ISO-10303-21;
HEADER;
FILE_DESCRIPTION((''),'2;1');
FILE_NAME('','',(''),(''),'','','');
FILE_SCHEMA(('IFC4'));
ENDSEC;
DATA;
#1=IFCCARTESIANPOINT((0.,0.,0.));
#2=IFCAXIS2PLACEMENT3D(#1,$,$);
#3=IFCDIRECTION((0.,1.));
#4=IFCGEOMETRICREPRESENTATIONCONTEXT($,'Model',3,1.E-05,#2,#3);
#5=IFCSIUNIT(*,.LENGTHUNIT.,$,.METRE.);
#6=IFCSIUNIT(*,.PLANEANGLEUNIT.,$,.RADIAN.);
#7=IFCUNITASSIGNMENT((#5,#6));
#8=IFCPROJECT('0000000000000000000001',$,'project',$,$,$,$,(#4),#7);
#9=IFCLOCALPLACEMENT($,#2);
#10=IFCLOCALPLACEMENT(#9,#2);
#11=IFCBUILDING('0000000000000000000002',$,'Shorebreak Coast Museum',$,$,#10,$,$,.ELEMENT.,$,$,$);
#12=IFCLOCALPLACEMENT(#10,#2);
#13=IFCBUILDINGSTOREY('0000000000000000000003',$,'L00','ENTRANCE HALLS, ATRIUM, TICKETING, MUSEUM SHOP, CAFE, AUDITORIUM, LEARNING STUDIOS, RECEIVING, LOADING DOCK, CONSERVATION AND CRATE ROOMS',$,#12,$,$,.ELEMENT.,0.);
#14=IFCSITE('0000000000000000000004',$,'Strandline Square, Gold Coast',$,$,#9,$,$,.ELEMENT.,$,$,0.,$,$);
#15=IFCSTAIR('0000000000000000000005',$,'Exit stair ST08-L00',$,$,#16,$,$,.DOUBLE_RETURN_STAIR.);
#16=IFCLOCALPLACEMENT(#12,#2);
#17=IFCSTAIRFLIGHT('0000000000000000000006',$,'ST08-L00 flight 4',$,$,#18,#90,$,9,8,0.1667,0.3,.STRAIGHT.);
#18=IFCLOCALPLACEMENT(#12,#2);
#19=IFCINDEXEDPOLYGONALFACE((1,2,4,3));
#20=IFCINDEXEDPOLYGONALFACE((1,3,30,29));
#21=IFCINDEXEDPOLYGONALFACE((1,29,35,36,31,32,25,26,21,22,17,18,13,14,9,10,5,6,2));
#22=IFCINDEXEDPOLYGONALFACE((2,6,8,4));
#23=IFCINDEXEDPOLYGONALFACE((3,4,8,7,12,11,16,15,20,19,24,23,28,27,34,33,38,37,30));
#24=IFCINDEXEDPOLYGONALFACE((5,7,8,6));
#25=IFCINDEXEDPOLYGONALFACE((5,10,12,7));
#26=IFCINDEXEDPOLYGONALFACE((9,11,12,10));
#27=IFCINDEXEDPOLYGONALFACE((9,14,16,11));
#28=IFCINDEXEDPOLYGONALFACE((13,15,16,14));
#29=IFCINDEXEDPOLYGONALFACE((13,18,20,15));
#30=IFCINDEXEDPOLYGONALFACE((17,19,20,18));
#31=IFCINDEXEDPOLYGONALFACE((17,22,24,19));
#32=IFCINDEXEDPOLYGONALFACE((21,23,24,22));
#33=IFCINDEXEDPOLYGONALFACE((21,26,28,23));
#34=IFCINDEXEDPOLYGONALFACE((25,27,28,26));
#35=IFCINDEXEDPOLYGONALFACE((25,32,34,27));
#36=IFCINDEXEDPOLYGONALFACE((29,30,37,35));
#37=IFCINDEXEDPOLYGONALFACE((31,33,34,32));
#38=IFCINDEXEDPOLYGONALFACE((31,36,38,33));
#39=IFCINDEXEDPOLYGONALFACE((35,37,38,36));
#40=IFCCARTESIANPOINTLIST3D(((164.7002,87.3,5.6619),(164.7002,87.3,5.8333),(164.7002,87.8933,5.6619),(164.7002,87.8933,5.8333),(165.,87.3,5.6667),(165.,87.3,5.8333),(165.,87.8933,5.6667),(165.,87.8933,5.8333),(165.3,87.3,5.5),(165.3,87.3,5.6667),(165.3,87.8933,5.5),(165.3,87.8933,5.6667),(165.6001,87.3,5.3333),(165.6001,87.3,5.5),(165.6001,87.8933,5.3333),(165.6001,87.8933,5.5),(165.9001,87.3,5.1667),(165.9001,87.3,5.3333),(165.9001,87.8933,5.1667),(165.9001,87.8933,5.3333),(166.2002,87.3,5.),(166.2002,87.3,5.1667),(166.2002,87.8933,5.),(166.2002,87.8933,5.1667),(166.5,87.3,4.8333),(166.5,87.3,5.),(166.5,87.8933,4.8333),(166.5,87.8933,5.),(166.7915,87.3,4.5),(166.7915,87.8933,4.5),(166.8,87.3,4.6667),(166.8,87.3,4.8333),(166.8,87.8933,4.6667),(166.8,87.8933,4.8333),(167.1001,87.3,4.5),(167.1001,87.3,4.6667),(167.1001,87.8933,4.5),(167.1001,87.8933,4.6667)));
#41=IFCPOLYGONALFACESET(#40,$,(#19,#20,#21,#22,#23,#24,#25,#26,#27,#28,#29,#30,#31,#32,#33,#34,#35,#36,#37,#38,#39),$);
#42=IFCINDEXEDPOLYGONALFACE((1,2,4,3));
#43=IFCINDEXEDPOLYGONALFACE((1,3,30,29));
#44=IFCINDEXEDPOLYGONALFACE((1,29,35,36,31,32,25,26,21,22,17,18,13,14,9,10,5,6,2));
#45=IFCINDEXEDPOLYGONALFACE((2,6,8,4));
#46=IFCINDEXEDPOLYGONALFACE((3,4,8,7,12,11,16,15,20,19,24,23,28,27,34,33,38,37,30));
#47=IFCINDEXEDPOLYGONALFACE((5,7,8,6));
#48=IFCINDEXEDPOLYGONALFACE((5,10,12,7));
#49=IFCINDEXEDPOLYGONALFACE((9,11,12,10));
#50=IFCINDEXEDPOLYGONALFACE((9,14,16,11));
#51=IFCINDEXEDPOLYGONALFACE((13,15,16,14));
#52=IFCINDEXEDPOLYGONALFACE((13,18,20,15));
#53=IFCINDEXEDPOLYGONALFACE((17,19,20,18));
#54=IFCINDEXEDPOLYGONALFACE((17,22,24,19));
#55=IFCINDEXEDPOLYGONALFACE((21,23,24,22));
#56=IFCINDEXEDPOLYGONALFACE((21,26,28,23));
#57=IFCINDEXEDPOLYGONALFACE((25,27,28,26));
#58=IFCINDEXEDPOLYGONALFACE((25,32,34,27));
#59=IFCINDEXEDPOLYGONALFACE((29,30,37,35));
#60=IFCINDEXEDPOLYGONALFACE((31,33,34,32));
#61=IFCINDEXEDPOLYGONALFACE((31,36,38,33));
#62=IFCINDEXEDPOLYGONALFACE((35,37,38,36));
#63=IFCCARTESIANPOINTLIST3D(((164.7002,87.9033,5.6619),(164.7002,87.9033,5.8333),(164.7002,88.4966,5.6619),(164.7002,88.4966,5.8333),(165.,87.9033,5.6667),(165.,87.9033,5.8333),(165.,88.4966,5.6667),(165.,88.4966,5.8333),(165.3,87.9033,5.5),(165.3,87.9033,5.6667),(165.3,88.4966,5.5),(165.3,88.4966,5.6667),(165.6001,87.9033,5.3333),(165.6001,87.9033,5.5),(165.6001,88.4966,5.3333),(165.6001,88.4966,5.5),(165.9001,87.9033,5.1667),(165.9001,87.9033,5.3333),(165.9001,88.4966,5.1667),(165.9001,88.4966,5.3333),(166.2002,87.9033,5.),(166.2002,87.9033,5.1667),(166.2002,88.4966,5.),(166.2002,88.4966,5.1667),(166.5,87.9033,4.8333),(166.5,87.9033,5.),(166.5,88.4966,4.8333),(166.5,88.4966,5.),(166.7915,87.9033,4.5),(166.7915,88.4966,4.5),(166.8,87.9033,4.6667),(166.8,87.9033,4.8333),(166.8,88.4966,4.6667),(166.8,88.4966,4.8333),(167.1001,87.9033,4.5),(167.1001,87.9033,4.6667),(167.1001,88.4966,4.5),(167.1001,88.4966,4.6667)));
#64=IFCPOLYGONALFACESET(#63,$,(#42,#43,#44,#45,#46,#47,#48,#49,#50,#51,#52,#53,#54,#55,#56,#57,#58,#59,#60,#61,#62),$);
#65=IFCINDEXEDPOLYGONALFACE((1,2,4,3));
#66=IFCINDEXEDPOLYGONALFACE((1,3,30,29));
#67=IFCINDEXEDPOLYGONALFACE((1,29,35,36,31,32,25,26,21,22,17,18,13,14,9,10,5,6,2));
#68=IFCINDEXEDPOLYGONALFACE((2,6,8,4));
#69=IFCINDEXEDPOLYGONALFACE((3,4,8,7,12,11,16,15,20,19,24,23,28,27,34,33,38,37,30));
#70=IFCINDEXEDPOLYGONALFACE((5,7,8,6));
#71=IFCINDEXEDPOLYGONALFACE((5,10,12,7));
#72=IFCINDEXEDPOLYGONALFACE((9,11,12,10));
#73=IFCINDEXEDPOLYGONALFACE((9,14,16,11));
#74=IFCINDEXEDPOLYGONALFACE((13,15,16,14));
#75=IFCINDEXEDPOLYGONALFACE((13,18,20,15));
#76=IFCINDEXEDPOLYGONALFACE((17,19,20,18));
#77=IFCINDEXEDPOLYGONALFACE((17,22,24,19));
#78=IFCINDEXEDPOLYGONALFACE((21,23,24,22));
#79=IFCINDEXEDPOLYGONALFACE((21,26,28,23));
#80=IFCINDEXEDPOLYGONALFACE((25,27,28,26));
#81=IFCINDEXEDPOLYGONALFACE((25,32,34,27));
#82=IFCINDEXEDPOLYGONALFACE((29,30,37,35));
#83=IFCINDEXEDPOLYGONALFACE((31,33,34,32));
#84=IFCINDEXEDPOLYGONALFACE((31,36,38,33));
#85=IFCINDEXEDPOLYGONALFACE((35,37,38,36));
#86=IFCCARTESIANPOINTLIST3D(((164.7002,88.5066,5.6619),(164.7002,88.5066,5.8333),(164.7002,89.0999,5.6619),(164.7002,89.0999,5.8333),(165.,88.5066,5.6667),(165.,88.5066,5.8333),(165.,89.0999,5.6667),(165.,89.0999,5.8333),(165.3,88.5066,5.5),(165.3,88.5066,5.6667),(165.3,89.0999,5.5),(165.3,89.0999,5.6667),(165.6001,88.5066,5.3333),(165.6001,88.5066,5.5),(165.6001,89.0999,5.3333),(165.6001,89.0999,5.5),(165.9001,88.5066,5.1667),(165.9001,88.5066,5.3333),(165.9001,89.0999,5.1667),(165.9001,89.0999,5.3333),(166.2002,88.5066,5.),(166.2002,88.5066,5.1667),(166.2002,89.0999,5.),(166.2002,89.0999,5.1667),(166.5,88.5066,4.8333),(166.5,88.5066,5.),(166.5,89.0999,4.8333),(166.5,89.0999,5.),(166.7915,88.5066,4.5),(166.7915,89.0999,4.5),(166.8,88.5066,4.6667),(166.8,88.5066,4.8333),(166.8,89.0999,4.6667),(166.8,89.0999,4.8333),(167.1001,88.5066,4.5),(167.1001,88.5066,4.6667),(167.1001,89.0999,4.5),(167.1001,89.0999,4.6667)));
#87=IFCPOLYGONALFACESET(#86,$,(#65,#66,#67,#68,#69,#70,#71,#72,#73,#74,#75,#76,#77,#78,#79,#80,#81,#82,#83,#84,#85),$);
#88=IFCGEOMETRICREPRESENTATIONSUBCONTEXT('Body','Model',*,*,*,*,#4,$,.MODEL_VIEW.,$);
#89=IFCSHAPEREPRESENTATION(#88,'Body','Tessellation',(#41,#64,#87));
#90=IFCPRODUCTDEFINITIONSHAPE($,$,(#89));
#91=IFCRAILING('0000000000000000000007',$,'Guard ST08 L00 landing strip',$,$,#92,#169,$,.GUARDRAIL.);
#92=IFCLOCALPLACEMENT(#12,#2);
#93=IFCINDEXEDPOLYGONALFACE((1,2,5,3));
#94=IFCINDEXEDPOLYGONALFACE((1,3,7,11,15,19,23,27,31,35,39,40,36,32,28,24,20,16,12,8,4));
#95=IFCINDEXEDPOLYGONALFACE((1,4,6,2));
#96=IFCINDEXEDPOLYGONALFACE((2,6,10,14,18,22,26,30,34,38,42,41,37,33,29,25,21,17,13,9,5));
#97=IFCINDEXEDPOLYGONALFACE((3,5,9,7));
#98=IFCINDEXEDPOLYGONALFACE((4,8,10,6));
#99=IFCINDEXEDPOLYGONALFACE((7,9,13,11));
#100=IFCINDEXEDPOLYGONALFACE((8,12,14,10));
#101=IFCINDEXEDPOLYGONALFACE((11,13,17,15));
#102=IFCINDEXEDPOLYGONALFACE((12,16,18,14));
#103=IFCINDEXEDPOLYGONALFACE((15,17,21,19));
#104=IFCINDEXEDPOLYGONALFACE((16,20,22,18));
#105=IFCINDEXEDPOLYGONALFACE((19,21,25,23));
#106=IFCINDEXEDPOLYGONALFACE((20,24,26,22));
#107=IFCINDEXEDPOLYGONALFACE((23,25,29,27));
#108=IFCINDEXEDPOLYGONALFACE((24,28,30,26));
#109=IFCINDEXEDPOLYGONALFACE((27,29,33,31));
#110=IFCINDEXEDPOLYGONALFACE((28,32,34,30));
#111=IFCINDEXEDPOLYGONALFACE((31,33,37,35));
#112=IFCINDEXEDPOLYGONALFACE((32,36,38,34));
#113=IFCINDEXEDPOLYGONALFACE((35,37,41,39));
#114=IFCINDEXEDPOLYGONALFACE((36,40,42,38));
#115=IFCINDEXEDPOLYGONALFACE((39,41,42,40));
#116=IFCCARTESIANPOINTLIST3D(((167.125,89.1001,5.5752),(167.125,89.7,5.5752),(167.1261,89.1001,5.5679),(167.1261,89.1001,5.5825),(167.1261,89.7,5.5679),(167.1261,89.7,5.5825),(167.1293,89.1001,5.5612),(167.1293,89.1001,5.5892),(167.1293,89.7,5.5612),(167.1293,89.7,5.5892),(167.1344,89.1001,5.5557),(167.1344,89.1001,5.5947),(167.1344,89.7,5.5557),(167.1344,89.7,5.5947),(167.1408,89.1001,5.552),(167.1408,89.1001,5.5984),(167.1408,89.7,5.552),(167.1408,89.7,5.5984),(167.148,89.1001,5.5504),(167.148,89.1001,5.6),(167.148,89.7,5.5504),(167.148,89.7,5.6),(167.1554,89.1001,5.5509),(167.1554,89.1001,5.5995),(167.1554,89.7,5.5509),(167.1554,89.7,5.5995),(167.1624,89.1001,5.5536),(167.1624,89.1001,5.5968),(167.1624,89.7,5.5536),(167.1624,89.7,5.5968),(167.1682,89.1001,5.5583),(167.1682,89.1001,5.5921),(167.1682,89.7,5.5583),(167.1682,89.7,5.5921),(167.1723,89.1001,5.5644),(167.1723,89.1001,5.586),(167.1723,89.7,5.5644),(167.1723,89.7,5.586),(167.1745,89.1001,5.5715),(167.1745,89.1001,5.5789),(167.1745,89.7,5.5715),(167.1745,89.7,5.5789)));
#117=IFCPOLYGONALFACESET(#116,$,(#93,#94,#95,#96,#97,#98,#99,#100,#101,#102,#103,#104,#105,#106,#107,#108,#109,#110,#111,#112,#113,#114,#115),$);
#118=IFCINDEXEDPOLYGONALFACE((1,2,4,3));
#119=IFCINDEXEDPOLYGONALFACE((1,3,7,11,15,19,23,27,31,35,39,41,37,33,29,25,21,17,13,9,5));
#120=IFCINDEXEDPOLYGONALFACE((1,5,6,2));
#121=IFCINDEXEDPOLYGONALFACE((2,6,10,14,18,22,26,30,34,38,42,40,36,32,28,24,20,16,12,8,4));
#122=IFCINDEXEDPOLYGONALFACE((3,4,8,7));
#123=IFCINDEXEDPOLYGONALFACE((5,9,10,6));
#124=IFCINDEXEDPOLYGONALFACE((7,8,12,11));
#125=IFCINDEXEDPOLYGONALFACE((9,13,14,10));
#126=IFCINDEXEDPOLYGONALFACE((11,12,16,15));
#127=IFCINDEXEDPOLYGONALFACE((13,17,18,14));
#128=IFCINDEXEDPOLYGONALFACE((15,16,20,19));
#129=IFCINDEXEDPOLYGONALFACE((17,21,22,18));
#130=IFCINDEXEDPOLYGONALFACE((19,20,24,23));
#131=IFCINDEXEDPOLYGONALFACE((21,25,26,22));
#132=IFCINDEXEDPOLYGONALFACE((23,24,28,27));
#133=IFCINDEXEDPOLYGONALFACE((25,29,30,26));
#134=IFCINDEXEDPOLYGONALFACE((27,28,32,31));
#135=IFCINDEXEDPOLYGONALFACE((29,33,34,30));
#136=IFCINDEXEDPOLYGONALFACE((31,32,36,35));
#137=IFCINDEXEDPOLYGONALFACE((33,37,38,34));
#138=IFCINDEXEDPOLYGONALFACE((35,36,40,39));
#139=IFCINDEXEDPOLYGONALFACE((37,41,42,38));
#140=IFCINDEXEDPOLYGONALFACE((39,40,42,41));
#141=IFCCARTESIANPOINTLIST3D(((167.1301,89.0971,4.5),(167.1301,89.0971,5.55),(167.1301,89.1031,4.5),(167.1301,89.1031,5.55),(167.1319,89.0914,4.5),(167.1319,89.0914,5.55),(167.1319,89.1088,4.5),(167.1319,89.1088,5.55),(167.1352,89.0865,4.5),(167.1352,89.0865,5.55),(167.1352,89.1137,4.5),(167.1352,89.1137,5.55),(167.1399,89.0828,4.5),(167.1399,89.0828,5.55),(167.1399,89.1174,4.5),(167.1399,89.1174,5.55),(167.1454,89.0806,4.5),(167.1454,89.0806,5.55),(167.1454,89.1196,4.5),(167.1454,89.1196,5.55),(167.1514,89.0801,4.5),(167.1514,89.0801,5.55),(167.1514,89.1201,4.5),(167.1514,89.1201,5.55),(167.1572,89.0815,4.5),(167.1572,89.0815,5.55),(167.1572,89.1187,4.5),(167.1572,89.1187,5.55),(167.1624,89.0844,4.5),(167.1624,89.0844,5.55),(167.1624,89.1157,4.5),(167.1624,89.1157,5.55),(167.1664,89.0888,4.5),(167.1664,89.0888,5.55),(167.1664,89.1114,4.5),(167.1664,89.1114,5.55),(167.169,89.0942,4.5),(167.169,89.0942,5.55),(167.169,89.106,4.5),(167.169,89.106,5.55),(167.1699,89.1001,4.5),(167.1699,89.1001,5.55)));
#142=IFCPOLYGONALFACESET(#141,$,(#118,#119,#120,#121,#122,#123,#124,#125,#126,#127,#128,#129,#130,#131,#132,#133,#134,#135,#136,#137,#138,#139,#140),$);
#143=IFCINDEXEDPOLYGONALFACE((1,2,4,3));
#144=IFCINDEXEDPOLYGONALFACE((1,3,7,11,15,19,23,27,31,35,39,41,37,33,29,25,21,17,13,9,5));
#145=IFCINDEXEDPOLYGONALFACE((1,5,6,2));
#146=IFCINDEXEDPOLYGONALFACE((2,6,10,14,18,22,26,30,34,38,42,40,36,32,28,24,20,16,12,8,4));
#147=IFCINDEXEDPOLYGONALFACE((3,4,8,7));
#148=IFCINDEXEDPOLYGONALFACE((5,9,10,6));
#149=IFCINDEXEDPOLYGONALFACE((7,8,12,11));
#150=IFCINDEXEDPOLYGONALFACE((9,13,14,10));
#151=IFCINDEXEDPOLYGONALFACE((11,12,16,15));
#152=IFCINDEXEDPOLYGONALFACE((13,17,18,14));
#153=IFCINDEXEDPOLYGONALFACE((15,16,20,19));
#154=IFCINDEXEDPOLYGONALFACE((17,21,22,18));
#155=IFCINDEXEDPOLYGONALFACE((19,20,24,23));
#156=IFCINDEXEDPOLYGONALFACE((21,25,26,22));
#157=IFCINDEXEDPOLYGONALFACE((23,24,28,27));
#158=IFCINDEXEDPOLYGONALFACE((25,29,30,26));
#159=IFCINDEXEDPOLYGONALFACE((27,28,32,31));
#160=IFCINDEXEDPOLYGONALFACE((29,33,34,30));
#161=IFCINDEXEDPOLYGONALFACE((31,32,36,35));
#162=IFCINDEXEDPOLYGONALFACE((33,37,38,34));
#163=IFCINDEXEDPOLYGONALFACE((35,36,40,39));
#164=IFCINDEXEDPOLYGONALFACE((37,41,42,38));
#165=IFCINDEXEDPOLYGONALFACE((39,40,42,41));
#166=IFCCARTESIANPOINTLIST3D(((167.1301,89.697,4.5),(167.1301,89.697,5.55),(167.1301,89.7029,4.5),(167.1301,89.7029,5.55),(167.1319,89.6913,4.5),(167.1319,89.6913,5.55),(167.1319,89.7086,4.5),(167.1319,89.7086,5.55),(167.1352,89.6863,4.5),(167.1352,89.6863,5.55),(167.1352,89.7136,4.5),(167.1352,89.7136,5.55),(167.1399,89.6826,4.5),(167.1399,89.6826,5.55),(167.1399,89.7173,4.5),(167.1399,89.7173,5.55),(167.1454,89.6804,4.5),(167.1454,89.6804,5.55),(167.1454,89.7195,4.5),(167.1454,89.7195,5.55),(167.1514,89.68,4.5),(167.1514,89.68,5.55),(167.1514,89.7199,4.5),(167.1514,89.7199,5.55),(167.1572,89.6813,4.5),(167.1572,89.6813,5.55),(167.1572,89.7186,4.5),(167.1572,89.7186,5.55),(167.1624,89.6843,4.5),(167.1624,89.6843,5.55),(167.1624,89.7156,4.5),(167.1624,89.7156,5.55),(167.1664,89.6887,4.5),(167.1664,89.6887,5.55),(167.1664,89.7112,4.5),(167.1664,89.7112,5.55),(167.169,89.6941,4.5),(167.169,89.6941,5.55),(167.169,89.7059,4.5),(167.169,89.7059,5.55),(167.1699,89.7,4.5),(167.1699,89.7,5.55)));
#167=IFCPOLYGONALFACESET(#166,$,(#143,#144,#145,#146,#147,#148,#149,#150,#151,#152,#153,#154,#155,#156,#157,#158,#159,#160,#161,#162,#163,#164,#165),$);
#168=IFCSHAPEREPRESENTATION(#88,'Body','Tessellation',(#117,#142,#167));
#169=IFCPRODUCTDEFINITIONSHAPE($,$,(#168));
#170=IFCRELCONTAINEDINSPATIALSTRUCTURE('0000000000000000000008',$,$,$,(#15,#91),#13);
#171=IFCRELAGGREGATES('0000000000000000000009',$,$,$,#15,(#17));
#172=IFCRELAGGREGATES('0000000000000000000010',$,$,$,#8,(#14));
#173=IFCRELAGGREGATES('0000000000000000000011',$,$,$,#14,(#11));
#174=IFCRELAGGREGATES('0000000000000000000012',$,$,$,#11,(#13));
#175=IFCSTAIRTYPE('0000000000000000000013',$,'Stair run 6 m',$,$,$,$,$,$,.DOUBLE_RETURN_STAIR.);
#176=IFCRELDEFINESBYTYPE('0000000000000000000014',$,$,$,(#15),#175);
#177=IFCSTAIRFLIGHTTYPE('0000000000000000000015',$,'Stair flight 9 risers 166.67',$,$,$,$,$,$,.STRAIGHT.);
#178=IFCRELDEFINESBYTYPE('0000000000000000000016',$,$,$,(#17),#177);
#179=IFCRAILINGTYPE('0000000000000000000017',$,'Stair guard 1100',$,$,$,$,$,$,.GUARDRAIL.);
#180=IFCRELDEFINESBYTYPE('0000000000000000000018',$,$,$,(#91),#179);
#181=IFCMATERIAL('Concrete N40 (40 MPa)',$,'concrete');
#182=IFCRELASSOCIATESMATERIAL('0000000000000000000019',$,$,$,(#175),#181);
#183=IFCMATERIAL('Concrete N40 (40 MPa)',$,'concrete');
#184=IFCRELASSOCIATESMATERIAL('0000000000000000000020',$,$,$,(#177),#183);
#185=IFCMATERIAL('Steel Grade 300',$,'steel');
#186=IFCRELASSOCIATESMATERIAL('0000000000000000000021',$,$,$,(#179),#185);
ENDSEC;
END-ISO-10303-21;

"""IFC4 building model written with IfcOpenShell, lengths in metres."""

from ifc_helpers import new_model, si_unit, direction, frame, origin, origin_2d, place, context, subcontext, project, spatial, polyline, circle, outline, extrude, material, type_object, element, aggregate, save


model = new_model("IFC4")

# Units and contexts
model_context = context("Model", 3, precision=1e-05, world=origin(), true_north=direction((0.0, 1.0)))
body_context = subcontext(model_context, "Body", "Model", "MODEL_VIEW")
ifc_project = project(units=[si_unit("LENGTHUNIT", "METRE"), si_unit("PLANEANGLEUNIT", "RADIAN")], contexts=[model_context])

# Site, building, storey
site_placement = place(None, origin())
site = spatial("IfcSite", under=ifc_project, at=site_placement, Name="Strandline Square, Gold Coast", CompositionType="ELEMENT", RefElevation=0.0)
building_placement = place(site_placement, origin())
building = spatial("IfcBuilding", under=site, at=building_placement, Name="Shorebreak Coast Museum", CompositionType="ELEMENT")
storey_placement = place(building_placement, origin())
storey = spatial("IfcBuildingStorey", under=building, at=storey_placement, Name="L00", Description="ENTRANCE HALLS, ATRIUM, TICKETING, MUSEUM SHOP, CAFE, AUDITORIUM, LEARNING STUDIOS, RECEIVING, LOADING DOCK, CONSERVATION AND CRATE ROOMS", CompositionType="ELEMENT", Elevation=0.0)

# Stair, stair flight
ifc_material_1 = material(Name="Concrete N40 (40 MPa)", Category="concrete")
stair_type = type_object("IfcStairType", Name="Stair run 6 m", PredefinedType="DOUBLE_RETURN_STAIR", material=ifc_material_1)
stair_placement = place(storey_placement, origin())
stair = element("IfcStair", 1, at=stair_placement, inside=storey, type_object=stair_type, Name="Exit stair ST08-L00", PredefinedType="DOUBLE_RETURN_STAIR")
ifc_material_2 = material(Name="Concrete N40 (40 MPa)", Category="concrete")
stair_flight_type = type_object("IfcStairFlightType", Name="Stair flight 9 risers 166.67", PredefinedType="STRAIGHT", material=ifc_material_2)
stair_flight_1_placement = place(storey_placement, frame((167.1001, 88.2, 4.5), z_axis=(0.0, 0.0, 1.0), x_axis=(-1.0, 0.0, 0.0)))
stair_flight_1 = element("IfcStairFlight", 2, at=stair_flight_1_placement, type_object=stair_flight_type, Name="ST08-L00 flight 4", NumberOfRisers=9, NumberOfTreads=8, PredefinedType="STRAIGHT", RiserHeight=0.1667, TreadLength=0.3, context=body_context, shape_type="SweptSolid", body=[
    extrude(outline(polyline([(0.0, 0.0), (0.0, 0.1667), (0.3, 0.1667), (0.3, 0.3333), (0.6001, 0.3333), (0.6001, 0.5), (0.8999, 0.5), (0.8999, 0.6667), (1.2, 0.6667), (1.2, 0.8333), (1.5, 0.8333), (1.5, 1.0), (1.8, 1.0), (1.8, 1.1667), (2.1001, 1.1667), (2.1001, 1.3333), (2.3999, 1.3333), (2.3999, 1.5), (2.3999, 1.1619), (0.3086, 0.0), (0.0, 0.0)])), frame((0.0, 0.8999, 0.0), z_axis=(0.0, -1.0, 0.0), x_axis=(1.0, 0.0, 0.0)), (0.0, 0.0, 1.0), 0.5933),
    extrude(outline(polyline([(0.0, 0.0), (0.0, 0.1667), (0.3, 0.1667), (0.3, 0.3333), (0.6001, 0.3333), (0.6001, 0.5), (0.8999, 0.5), (0.8999, 0.6667), (1.2, 0.6667), (1.2, 0.8333), (1.5, 0.8333), (1.5, 1.0), (1.8, 1.0), (1.8, 1.1667), (2.1001, 1.1667), (2.1001, 1.3333), (2.3999, 1.3333), (2.3999, 1.5), (2.3999, 1.1619), (0.3086, 0.0), (0.0, 0.0)])), frame((0.0, 0.2966, 0.0), z_axis=(0.0, -1.0, 0.0), x_axis=(1.0, 0.0, 0.0)), (0.0, 0.0, 1.0), 0.5933),
    extrude(outline(polyline([(0.0, 0.0), (0.0, 0.1667), (0.3, 0.1667), (0.3, 0.3333), (0.6001, 0.3333), (0.6001, 0.5), (0.8999, 0.5), (0.8999, 0.6667), (1.2, 0.6667), (1.2, 0.8333), (1.5, 0.8333), (1.5, 1.0), (1.8, 1.0), (1.8, 1.1667), (2.1001, 1.1667), (2.1001, 1.3333), (2.3999, 1.3333), (2.3999, 1.5), (2.3999, 1.1619), (0.3086, 0.0), (0.0, 0.0)])), frame((0.0, -0.3066, 0.0), z_axis=(0.0, -1.0, 0.0), x_axis=(1.0, 0.0, 0.0)), (0.0, 0.0, 1.0), 0.5933),
])
aggregate(stair, [stair_flight_1])

# Railing
ifc_material_3 = material(Name="Steel Grade 300", Category="steel")
railing_type_1 = type_object("IfcRailingType", Name="Stair guard 1100", PredefinedType="GUARDRAIL", material=ifc_material_3)
railing_1_placement = place(storey_placement, frame((167.1499, 89.1001, 4.5)))
element("IfcRailing", 3, at=railing_1_placement, inside=storey, type_object=railing_type_1, Name="Guard ST08 L00 landing strip", PredefinedType="GUARDRAIL", context=body_context, shape_type="SweptSolid", body=[
    extrude(circle(Radius=0.0249, at=origin_2d()), frame((0.0, 0.0, 1.0752), z_axis=(0.0, 1.0, 0.0), x_axis=(-1.0, 0.0, 0.0)), (0.0, 0.0, 1.0), 0.5999),
    extrude(circle(Radius=0.02, at=origin_2d()), origin(), (0.0, 0.0, 1.0), 1.05),
    extrude(circle(Radius=0.02, at=origin_2d()), frame((0.0, 0.5999, 0.0)), (0.0, 0.0, 1.0), 1.05),
])

save(model, "model.ifc")
